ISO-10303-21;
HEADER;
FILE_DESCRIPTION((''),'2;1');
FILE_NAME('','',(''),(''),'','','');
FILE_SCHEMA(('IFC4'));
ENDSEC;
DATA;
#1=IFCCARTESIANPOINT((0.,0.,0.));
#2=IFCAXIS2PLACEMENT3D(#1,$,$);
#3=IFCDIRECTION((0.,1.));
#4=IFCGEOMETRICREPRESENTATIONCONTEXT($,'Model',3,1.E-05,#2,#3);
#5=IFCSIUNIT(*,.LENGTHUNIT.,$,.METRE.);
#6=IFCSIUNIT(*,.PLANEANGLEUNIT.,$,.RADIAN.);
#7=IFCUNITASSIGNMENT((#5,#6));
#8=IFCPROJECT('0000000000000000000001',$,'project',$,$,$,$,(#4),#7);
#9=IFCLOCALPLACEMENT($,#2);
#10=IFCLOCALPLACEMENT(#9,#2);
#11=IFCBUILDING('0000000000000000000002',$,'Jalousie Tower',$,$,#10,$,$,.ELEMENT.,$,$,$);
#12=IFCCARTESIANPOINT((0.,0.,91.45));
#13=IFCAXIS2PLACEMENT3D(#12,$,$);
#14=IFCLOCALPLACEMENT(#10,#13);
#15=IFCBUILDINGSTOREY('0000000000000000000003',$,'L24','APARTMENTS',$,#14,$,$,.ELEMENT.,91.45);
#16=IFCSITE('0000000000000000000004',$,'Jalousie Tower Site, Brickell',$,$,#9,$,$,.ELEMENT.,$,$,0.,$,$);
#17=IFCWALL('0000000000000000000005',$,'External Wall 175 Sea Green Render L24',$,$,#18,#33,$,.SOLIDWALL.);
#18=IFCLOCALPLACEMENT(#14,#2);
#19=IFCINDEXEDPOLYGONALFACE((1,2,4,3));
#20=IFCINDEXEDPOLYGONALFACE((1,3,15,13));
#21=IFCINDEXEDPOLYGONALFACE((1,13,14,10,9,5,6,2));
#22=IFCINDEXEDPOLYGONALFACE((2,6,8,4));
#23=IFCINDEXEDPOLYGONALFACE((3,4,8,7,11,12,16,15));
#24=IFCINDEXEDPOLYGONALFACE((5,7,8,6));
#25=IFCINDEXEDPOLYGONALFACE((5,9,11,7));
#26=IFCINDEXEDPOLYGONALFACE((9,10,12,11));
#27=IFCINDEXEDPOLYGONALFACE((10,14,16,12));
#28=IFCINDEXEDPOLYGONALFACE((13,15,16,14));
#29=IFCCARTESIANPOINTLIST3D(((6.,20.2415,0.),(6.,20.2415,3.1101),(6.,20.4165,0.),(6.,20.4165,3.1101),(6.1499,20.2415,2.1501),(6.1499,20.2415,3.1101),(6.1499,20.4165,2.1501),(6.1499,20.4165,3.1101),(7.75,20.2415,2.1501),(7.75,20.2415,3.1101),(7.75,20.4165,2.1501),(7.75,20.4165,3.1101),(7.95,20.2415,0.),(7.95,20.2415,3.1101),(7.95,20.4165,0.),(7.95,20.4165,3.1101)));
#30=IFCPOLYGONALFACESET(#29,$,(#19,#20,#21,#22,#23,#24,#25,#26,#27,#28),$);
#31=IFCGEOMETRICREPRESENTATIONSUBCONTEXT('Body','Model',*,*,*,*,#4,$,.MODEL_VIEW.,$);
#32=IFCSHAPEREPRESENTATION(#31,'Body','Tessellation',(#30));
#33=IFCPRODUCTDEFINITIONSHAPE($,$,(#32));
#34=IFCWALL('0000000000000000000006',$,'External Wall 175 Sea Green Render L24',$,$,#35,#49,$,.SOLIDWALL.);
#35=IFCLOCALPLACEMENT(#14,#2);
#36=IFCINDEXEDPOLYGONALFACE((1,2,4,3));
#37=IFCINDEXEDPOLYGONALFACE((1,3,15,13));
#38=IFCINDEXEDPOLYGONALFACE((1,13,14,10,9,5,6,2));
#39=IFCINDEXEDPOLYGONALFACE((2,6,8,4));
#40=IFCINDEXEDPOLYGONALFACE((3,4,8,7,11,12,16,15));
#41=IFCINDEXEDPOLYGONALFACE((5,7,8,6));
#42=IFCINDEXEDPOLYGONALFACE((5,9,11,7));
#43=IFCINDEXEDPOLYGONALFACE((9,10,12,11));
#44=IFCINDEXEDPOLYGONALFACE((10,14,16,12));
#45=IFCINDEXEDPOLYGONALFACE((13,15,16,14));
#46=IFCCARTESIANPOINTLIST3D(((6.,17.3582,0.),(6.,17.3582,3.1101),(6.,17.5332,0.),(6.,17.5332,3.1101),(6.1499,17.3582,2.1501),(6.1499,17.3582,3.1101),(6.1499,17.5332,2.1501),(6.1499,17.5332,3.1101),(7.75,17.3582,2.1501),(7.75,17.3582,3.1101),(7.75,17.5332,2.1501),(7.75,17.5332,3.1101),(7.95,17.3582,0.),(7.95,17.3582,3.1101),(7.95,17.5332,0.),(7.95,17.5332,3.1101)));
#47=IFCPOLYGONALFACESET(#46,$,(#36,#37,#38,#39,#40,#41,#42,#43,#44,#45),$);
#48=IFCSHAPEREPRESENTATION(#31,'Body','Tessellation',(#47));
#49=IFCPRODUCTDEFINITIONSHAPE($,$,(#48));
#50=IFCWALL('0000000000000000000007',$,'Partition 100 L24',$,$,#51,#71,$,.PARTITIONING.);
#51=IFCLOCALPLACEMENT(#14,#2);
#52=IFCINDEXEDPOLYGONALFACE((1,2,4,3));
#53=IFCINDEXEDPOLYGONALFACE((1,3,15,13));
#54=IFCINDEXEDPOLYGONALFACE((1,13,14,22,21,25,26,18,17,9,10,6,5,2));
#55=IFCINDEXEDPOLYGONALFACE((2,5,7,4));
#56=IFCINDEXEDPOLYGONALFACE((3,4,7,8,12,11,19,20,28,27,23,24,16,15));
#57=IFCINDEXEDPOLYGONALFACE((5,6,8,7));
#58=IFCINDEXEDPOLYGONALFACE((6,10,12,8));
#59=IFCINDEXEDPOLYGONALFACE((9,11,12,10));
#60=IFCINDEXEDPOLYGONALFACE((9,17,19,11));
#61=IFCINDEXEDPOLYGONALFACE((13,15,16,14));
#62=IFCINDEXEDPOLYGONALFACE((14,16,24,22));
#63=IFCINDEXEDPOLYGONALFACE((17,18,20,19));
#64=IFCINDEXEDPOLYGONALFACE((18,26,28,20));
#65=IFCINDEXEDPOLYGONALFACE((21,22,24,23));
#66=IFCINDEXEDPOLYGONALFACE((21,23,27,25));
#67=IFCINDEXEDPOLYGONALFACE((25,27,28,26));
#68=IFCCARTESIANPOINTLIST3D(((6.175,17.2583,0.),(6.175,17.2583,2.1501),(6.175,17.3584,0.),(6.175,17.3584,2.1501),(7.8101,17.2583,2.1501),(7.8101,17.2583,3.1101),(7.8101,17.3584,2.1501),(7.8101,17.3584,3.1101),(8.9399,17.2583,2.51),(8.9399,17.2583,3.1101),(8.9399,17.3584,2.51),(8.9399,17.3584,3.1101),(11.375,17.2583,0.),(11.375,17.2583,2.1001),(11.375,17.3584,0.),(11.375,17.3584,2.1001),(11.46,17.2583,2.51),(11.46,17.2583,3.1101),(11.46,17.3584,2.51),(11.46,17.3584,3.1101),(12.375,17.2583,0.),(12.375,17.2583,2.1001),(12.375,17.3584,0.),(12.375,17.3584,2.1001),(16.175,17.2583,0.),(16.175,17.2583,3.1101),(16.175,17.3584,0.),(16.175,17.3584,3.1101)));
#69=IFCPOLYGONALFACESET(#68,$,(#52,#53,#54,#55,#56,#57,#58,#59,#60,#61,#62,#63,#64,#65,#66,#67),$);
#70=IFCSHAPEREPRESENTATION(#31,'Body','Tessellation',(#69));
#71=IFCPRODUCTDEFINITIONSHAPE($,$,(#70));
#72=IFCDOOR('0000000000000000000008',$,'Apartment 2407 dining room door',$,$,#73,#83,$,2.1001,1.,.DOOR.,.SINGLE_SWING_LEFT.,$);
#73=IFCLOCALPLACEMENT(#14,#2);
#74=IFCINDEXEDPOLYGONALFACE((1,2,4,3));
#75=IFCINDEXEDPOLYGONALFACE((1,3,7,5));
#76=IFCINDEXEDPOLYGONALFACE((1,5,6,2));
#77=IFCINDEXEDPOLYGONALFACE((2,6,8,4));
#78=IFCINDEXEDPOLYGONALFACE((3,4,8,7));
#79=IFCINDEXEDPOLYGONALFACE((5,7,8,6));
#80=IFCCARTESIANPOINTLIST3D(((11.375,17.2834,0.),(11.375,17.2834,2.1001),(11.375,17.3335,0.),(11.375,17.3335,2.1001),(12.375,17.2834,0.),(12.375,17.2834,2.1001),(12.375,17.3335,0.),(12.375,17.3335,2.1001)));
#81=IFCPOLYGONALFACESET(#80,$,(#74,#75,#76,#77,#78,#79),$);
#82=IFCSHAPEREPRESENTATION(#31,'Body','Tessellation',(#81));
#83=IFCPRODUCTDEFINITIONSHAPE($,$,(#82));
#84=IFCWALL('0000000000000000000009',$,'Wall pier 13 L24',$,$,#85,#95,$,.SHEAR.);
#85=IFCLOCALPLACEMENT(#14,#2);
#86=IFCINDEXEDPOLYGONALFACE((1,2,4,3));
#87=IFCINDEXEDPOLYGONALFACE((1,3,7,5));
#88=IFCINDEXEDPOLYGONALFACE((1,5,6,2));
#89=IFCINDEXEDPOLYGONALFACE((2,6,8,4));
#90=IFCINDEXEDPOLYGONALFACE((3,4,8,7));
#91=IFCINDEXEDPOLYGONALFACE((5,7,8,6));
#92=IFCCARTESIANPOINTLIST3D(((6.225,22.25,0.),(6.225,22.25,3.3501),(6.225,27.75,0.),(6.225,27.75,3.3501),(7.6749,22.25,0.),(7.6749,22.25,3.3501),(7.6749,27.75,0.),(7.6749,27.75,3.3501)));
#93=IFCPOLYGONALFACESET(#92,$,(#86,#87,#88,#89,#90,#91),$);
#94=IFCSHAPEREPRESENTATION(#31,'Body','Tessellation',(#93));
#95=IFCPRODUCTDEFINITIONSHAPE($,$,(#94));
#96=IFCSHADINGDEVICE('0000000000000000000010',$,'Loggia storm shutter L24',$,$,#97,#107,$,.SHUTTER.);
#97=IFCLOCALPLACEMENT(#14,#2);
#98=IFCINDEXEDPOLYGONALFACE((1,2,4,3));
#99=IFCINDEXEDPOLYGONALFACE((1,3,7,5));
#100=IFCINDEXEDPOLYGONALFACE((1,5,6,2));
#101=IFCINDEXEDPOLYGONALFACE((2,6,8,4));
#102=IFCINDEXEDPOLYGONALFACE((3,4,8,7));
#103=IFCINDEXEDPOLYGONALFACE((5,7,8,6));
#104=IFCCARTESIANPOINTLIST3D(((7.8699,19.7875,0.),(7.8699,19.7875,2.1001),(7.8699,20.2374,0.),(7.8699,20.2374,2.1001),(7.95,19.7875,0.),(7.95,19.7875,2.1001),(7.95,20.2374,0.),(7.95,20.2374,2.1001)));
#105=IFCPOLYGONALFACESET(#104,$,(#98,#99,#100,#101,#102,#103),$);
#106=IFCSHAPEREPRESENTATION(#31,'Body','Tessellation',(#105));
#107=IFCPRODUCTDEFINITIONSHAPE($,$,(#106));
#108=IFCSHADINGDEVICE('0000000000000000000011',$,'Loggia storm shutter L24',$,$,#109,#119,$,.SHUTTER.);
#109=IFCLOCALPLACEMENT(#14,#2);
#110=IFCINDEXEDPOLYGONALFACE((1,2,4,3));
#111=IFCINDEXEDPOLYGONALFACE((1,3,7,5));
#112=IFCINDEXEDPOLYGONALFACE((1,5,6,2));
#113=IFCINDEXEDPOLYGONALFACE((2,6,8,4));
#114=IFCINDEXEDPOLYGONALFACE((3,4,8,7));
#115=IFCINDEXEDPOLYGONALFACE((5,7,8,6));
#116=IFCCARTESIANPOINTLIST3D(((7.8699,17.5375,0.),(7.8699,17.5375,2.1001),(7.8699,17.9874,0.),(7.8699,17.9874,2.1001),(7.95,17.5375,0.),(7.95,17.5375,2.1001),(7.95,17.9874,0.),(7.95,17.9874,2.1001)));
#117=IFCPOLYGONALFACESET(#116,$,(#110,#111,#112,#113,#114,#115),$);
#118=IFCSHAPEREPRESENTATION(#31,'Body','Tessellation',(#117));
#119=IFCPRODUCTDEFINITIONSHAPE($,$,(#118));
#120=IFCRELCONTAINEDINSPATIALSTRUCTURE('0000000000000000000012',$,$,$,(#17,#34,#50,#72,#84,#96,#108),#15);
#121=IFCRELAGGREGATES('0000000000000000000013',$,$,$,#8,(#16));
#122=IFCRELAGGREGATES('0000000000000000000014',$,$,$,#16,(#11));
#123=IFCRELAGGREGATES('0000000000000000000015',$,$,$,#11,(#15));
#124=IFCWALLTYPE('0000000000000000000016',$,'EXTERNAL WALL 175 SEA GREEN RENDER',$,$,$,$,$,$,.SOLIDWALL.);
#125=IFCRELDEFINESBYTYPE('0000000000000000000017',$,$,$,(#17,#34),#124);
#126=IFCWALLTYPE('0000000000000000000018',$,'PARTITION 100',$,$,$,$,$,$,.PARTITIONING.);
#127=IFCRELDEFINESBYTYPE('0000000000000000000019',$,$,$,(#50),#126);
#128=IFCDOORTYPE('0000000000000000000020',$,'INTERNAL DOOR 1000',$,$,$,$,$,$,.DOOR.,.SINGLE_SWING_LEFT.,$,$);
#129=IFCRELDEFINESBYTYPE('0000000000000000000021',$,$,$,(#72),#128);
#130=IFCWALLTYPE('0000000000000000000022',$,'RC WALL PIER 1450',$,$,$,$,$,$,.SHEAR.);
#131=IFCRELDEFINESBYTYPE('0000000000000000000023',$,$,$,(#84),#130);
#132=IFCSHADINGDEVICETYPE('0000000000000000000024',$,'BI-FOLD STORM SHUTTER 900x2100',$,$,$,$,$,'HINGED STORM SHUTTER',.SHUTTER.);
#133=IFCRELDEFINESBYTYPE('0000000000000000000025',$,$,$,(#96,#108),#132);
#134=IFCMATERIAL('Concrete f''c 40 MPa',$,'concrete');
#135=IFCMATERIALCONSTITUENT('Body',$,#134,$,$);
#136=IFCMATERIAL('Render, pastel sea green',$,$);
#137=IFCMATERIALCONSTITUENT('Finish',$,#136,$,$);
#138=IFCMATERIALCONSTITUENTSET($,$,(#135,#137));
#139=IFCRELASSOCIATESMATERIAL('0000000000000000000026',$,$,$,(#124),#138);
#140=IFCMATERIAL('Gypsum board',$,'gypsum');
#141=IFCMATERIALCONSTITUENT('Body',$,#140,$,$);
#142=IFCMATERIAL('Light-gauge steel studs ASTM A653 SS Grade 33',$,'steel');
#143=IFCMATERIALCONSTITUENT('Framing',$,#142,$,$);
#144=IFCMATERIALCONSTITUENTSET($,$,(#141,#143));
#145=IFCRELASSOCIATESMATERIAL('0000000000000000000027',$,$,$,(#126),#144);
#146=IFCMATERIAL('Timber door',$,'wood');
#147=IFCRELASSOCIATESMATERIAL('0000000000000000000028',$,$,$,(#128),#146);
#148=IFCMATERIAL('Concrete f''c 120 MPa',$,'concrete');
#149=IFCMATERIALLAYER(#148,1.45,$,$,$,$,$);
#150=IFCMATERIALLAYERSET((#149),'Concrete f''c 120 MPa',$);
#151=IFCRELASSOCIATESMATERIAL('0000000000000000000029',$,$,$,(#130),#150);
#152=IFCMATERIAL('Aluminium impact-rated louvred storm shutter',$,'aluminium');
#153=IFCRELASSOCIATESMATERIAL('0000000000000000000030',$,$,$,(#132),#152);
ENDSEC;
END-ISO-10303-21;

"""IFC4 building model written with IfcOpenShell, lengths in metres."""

from ifc_helpers import new_model, si_unit, direction, frame, frame_2d, origin, origin_2d, place, context, subcontext, project, spatial, polyline, rectangle, outline, extrude, material, layer, layer_set, constituent, constituent_set, type_object, element, fill, save


model = new_model("IFC4")

# Units and contexts
model_context = context("Model", 3, precision=1e-05, world=origin(), true_north=direction((0.0, 1.0)))
body_context = subcontext(model_context, "Body", "Model", "MODEL_VIEW")
ifc_project = project(units=[si_unit("LENGTHUNIT", "METRE"), si_unit("PLANEANGLEUNIT", "RADIAN")], contexts=[model_context])

# Site, building, storey
site_placement = place(None, origin())
site = spatial("IfcSite", under=ifc_project, at=site_placement, Name="Jalousie Tower Site, Brickell", CompositionType="ELEMENT", RefElevation=0.0)
building_placement = place(site_placement, origin())
building = spatial("IfcBuilding", under=site, at=building_placement, Name="Jalousie Tower", CompositionType="ELEMENT")
storey_placement = place(building_placement, frame((0.0, 0.0, 91.45)))
storey = spatial("IfcBuildingStorey", under=building, at=storey_placement, Name="L24", Description="APARTMENTS", CompositionType="ELEMENT", Elevation=91.45)

# Shared definitions
ifc_material_1 = material(Name="Concrete f'c 40 MPa", Category="concrete")
ifc_constituent_1 = constituent(ifc_material_1, Name="Body")
ifc_material_2 = material(Name="Render, pastel sea green")
ifc_constituent_2 = constituent(ifc_material_2, Name="Finish")
ifc_constituent_set_1 = constituent_set(constituents=[ifc_constituent_1, ifc_constituent_2])
wall_type_1 = type_object("IfcWallType", Name="EXTERNAL WALL 175 SEA GREEN RENDER", PredefinedType="SOLIDWALL", material=ifc_constituent_set_1)

# Walls
for number, where, z_axis, x_axis, name in (
    (1, (6.0, 20.3291, 0.0), (0.0, 0.0, 1.0), (1.0, 0.0, 0.0), "External Wall 175 Sea Green Render L24"),
    (2, (6.0, 17.4458, 0.0), (0.0, 0.0, 1.0), (1.0, 0.0, 0.0), "External Wall 175 Sea Green Render L24"),
):
    element("IfcWall", number, at=place(storey_placement, frame(where, z_axis=z_axis, x_axis=x_axis)), inside=storey, type_object=wall_type_1, Name=name, PredefinedType="SOLIDWALL", context=body_context, shape_type="SweptSolid", body=[
        extrude(outline(polyline([(0.0, 0.0), (1.95, 0.0), (1.95, 3.1101), (1.75, 3.1101), (1.75, 2.1501), (0.1499, 2.1501), (0.1499, 3.1101), (0.0, 3.1101), (0.0, 0.0)])), frame((0.0, 0.0874, 0.0), z_axis=(0.0, -1.0, 0.0), x_axis=(1.0, 0.0, 0.0)), (0.0, 0.0, 1.0), 0.175),
    ])

# Wall, opening, door
ifc_material_3 = material(Name="Gypsum board", Category="gypsum")
ifc_constituent_3 = constituent(ifc_material_3, Name="Body")
ifc_material_4 = material(Name="Light-gauge steel studs ASTM A653 SS Grade 33", Category="steel")
ifc_constituent_4 = constituent(ifc_material_4, Name="Framing")
ifc_constituent_set_2 = constituent_set(constituents=[ifc_constituent_3, ifc_constituent_4])
wall_type_2 = type_object("IfcWallType", Name="PARTITION 100", PredefinedType="PARTITIONING", material=ifc_constituent_set_2)
wall_1_placement = place(storey_placement, frame((6.175, 17.3083, 0.0), z_axis=(0.0, 0.0, 1.0), x_axis=(1.0, 0.0, 0.0)))
wall_1 = element("IfcWall", 3, at=wall_1_placement, inside=storey, type_object=wall_type_2, Name="Partition 100 L24", PredefinedType="PARTITIONING", context=body_context, shape_type="SweptSolid", body=[
    extrude(outline(polyline([(0.0, 0.0), (10.0, 0.0), (10.0, 3.1101), (5.2849, 3.1101), (5.2849, 2.51), (2.7649, 2.51), (2.7649, 3.1101), (1.635, 3.1101), (1.635, 2.1501), (0.0, 2.1501), (0.0, 3.1101), (0.0, 0.0)])), frame((0.0, 0.05, 0.0), z_axis=(0.0, -1.0, 0.0), x_axis=(1.0, 0.0, 0.0)), (0.0, 0.0, 1.0), 0.1001),
])
opening_1_placement = place(wall_1_placement, frame((5.2, 0.0, 0.0)))
opening_1 = element("IfcOpeningElement", 4, at=opening_1_placement, cuts=wall_1, PredefinedType="OPENING", context=body_context, shape_type="SweptSolid", body=[
    extrude(rectangle(XDim=1.0, YDim=2.1001, at=frame_2d((0.5, 1.05))), frame((0.0, 0.0601, 0.0), z_axis=(0.0, -1.0, 0.0), x_axis=(1.0, 0.0, 0.0)), (0.0, 0.0, 1.0), 0.1201),
])
ifc_material_5 = material(Name="Timber door", Category="wood")
door_type_1 = type_object("IfcDoorType", Name="INTERNAL DOOR 1000", OperationType="SINGLE_SWING_LEFT", PredefinedType="DOOR", material=ifc_material_5)
door_1_placement = place(opening_1_placement, frame((1.0, 0.0, 0.0), z_axis=(0.0, 0.0, 1.0), x_axis=(-1.0, 0.0, 0.0)))
door_1 = element("IfcDoor", 5, at=door_1_placement, inside=storey, type_object=door_type_1, Name="Apartment 2407 dining room door", OperationType="SINGLE_SWING_LEFT", OverallHeight=2.1001, OverallWidth=1.0, PredefinedType="DOOR", context=body_context, shape_type="SweptSolid", body=[
    extrude(rectangle(XDim=1.0, YDim=2.1001, at=frame_2d((0.5, 1.05))), frame((0.0, 0.0249, 0.0), z_axis=(0.0, -1.0, 0.0), x_axis=(1.0, 0.0, 0.0)), (0.0, 0.0, 1.0), 0.05),
])
fill(opening_1, door_1)

# Wall
ifc_material_6 = material(Name="Concrete f'c 120 MPa", Category="concrete")
ifc_layer_1 = layer(ifc_material_6, 1.45)
ifc_layer_set_1 = layer_set([ifc_layer_1], Name="Concrete f'c 120 MPa")
wall_type_3 = type_object("IfcWallType", Name="RC WALL PIER 1450", PredefinedType="SHEAR", material=ifc_layer_set_1)
wall_2_placement = place(storey_placement, frame((6.95, 22.25, 0.0), z_axis=(0.0, 0.0, 1.0), x_axis=(0.0, 1.0, 0.0)))
element("IfcWall", 6, at=wall_2_placement, inside=storey, type_object=wall_type_3, Name="Wall pier 13 L24", PredefinedType="SHEAR", context=body_context, shape_type="SweptSolid", body=[
    extrude(rectangle(XDim=5.5, YDim=1.45, at=frame_2d((2.75, 0.0))), origin(), (0.0, 0.0, 1.0), 3.3501),
])

# Shading devices
ifc_material_7 = material(Name="Aluminium impact-rated louvred storm shutter", Category="aluminium")
shading_device_type_1 = type_object("IfcShadingDeviceType", Name="BI-FOLD STORM SHUTTER 900x2100", ElementType="HINGED STORM SHUTTER", PredefinedType="SHUTTER", material=ifc_material_7)
for number, where, z_axis, x_axis, name in (
    (7, (7.9099, 20.0125, 0.0), (0.0, 0.0, 1.0), (0.0, -1.0, 0.0), "Loggia storm shutter L24"),
    (8, (7.9099, 17.7625, 0.0), (0.0, 0.0, 1.0), (0.0, -1.0, 0.0), "Loggia storm shutter L24"),
):
    element("IfcShadingDevice", number, at=place(storey_placement, frame(where, z_axis=z_axis, x_axis=x_axis)), inside=storey, type_object=shading_device_type_1, Name=name, PredefinedType="SHUTTER", context=body_context, shape_type="SweptSolid", body=[
        extrude(rectangle(XDim=0.45, YDim=0.0801, at=origin_2d()), origin(), (0.0, 0.0, 1.0), 2.1001),
    ])

save(model, "model.ifc")
